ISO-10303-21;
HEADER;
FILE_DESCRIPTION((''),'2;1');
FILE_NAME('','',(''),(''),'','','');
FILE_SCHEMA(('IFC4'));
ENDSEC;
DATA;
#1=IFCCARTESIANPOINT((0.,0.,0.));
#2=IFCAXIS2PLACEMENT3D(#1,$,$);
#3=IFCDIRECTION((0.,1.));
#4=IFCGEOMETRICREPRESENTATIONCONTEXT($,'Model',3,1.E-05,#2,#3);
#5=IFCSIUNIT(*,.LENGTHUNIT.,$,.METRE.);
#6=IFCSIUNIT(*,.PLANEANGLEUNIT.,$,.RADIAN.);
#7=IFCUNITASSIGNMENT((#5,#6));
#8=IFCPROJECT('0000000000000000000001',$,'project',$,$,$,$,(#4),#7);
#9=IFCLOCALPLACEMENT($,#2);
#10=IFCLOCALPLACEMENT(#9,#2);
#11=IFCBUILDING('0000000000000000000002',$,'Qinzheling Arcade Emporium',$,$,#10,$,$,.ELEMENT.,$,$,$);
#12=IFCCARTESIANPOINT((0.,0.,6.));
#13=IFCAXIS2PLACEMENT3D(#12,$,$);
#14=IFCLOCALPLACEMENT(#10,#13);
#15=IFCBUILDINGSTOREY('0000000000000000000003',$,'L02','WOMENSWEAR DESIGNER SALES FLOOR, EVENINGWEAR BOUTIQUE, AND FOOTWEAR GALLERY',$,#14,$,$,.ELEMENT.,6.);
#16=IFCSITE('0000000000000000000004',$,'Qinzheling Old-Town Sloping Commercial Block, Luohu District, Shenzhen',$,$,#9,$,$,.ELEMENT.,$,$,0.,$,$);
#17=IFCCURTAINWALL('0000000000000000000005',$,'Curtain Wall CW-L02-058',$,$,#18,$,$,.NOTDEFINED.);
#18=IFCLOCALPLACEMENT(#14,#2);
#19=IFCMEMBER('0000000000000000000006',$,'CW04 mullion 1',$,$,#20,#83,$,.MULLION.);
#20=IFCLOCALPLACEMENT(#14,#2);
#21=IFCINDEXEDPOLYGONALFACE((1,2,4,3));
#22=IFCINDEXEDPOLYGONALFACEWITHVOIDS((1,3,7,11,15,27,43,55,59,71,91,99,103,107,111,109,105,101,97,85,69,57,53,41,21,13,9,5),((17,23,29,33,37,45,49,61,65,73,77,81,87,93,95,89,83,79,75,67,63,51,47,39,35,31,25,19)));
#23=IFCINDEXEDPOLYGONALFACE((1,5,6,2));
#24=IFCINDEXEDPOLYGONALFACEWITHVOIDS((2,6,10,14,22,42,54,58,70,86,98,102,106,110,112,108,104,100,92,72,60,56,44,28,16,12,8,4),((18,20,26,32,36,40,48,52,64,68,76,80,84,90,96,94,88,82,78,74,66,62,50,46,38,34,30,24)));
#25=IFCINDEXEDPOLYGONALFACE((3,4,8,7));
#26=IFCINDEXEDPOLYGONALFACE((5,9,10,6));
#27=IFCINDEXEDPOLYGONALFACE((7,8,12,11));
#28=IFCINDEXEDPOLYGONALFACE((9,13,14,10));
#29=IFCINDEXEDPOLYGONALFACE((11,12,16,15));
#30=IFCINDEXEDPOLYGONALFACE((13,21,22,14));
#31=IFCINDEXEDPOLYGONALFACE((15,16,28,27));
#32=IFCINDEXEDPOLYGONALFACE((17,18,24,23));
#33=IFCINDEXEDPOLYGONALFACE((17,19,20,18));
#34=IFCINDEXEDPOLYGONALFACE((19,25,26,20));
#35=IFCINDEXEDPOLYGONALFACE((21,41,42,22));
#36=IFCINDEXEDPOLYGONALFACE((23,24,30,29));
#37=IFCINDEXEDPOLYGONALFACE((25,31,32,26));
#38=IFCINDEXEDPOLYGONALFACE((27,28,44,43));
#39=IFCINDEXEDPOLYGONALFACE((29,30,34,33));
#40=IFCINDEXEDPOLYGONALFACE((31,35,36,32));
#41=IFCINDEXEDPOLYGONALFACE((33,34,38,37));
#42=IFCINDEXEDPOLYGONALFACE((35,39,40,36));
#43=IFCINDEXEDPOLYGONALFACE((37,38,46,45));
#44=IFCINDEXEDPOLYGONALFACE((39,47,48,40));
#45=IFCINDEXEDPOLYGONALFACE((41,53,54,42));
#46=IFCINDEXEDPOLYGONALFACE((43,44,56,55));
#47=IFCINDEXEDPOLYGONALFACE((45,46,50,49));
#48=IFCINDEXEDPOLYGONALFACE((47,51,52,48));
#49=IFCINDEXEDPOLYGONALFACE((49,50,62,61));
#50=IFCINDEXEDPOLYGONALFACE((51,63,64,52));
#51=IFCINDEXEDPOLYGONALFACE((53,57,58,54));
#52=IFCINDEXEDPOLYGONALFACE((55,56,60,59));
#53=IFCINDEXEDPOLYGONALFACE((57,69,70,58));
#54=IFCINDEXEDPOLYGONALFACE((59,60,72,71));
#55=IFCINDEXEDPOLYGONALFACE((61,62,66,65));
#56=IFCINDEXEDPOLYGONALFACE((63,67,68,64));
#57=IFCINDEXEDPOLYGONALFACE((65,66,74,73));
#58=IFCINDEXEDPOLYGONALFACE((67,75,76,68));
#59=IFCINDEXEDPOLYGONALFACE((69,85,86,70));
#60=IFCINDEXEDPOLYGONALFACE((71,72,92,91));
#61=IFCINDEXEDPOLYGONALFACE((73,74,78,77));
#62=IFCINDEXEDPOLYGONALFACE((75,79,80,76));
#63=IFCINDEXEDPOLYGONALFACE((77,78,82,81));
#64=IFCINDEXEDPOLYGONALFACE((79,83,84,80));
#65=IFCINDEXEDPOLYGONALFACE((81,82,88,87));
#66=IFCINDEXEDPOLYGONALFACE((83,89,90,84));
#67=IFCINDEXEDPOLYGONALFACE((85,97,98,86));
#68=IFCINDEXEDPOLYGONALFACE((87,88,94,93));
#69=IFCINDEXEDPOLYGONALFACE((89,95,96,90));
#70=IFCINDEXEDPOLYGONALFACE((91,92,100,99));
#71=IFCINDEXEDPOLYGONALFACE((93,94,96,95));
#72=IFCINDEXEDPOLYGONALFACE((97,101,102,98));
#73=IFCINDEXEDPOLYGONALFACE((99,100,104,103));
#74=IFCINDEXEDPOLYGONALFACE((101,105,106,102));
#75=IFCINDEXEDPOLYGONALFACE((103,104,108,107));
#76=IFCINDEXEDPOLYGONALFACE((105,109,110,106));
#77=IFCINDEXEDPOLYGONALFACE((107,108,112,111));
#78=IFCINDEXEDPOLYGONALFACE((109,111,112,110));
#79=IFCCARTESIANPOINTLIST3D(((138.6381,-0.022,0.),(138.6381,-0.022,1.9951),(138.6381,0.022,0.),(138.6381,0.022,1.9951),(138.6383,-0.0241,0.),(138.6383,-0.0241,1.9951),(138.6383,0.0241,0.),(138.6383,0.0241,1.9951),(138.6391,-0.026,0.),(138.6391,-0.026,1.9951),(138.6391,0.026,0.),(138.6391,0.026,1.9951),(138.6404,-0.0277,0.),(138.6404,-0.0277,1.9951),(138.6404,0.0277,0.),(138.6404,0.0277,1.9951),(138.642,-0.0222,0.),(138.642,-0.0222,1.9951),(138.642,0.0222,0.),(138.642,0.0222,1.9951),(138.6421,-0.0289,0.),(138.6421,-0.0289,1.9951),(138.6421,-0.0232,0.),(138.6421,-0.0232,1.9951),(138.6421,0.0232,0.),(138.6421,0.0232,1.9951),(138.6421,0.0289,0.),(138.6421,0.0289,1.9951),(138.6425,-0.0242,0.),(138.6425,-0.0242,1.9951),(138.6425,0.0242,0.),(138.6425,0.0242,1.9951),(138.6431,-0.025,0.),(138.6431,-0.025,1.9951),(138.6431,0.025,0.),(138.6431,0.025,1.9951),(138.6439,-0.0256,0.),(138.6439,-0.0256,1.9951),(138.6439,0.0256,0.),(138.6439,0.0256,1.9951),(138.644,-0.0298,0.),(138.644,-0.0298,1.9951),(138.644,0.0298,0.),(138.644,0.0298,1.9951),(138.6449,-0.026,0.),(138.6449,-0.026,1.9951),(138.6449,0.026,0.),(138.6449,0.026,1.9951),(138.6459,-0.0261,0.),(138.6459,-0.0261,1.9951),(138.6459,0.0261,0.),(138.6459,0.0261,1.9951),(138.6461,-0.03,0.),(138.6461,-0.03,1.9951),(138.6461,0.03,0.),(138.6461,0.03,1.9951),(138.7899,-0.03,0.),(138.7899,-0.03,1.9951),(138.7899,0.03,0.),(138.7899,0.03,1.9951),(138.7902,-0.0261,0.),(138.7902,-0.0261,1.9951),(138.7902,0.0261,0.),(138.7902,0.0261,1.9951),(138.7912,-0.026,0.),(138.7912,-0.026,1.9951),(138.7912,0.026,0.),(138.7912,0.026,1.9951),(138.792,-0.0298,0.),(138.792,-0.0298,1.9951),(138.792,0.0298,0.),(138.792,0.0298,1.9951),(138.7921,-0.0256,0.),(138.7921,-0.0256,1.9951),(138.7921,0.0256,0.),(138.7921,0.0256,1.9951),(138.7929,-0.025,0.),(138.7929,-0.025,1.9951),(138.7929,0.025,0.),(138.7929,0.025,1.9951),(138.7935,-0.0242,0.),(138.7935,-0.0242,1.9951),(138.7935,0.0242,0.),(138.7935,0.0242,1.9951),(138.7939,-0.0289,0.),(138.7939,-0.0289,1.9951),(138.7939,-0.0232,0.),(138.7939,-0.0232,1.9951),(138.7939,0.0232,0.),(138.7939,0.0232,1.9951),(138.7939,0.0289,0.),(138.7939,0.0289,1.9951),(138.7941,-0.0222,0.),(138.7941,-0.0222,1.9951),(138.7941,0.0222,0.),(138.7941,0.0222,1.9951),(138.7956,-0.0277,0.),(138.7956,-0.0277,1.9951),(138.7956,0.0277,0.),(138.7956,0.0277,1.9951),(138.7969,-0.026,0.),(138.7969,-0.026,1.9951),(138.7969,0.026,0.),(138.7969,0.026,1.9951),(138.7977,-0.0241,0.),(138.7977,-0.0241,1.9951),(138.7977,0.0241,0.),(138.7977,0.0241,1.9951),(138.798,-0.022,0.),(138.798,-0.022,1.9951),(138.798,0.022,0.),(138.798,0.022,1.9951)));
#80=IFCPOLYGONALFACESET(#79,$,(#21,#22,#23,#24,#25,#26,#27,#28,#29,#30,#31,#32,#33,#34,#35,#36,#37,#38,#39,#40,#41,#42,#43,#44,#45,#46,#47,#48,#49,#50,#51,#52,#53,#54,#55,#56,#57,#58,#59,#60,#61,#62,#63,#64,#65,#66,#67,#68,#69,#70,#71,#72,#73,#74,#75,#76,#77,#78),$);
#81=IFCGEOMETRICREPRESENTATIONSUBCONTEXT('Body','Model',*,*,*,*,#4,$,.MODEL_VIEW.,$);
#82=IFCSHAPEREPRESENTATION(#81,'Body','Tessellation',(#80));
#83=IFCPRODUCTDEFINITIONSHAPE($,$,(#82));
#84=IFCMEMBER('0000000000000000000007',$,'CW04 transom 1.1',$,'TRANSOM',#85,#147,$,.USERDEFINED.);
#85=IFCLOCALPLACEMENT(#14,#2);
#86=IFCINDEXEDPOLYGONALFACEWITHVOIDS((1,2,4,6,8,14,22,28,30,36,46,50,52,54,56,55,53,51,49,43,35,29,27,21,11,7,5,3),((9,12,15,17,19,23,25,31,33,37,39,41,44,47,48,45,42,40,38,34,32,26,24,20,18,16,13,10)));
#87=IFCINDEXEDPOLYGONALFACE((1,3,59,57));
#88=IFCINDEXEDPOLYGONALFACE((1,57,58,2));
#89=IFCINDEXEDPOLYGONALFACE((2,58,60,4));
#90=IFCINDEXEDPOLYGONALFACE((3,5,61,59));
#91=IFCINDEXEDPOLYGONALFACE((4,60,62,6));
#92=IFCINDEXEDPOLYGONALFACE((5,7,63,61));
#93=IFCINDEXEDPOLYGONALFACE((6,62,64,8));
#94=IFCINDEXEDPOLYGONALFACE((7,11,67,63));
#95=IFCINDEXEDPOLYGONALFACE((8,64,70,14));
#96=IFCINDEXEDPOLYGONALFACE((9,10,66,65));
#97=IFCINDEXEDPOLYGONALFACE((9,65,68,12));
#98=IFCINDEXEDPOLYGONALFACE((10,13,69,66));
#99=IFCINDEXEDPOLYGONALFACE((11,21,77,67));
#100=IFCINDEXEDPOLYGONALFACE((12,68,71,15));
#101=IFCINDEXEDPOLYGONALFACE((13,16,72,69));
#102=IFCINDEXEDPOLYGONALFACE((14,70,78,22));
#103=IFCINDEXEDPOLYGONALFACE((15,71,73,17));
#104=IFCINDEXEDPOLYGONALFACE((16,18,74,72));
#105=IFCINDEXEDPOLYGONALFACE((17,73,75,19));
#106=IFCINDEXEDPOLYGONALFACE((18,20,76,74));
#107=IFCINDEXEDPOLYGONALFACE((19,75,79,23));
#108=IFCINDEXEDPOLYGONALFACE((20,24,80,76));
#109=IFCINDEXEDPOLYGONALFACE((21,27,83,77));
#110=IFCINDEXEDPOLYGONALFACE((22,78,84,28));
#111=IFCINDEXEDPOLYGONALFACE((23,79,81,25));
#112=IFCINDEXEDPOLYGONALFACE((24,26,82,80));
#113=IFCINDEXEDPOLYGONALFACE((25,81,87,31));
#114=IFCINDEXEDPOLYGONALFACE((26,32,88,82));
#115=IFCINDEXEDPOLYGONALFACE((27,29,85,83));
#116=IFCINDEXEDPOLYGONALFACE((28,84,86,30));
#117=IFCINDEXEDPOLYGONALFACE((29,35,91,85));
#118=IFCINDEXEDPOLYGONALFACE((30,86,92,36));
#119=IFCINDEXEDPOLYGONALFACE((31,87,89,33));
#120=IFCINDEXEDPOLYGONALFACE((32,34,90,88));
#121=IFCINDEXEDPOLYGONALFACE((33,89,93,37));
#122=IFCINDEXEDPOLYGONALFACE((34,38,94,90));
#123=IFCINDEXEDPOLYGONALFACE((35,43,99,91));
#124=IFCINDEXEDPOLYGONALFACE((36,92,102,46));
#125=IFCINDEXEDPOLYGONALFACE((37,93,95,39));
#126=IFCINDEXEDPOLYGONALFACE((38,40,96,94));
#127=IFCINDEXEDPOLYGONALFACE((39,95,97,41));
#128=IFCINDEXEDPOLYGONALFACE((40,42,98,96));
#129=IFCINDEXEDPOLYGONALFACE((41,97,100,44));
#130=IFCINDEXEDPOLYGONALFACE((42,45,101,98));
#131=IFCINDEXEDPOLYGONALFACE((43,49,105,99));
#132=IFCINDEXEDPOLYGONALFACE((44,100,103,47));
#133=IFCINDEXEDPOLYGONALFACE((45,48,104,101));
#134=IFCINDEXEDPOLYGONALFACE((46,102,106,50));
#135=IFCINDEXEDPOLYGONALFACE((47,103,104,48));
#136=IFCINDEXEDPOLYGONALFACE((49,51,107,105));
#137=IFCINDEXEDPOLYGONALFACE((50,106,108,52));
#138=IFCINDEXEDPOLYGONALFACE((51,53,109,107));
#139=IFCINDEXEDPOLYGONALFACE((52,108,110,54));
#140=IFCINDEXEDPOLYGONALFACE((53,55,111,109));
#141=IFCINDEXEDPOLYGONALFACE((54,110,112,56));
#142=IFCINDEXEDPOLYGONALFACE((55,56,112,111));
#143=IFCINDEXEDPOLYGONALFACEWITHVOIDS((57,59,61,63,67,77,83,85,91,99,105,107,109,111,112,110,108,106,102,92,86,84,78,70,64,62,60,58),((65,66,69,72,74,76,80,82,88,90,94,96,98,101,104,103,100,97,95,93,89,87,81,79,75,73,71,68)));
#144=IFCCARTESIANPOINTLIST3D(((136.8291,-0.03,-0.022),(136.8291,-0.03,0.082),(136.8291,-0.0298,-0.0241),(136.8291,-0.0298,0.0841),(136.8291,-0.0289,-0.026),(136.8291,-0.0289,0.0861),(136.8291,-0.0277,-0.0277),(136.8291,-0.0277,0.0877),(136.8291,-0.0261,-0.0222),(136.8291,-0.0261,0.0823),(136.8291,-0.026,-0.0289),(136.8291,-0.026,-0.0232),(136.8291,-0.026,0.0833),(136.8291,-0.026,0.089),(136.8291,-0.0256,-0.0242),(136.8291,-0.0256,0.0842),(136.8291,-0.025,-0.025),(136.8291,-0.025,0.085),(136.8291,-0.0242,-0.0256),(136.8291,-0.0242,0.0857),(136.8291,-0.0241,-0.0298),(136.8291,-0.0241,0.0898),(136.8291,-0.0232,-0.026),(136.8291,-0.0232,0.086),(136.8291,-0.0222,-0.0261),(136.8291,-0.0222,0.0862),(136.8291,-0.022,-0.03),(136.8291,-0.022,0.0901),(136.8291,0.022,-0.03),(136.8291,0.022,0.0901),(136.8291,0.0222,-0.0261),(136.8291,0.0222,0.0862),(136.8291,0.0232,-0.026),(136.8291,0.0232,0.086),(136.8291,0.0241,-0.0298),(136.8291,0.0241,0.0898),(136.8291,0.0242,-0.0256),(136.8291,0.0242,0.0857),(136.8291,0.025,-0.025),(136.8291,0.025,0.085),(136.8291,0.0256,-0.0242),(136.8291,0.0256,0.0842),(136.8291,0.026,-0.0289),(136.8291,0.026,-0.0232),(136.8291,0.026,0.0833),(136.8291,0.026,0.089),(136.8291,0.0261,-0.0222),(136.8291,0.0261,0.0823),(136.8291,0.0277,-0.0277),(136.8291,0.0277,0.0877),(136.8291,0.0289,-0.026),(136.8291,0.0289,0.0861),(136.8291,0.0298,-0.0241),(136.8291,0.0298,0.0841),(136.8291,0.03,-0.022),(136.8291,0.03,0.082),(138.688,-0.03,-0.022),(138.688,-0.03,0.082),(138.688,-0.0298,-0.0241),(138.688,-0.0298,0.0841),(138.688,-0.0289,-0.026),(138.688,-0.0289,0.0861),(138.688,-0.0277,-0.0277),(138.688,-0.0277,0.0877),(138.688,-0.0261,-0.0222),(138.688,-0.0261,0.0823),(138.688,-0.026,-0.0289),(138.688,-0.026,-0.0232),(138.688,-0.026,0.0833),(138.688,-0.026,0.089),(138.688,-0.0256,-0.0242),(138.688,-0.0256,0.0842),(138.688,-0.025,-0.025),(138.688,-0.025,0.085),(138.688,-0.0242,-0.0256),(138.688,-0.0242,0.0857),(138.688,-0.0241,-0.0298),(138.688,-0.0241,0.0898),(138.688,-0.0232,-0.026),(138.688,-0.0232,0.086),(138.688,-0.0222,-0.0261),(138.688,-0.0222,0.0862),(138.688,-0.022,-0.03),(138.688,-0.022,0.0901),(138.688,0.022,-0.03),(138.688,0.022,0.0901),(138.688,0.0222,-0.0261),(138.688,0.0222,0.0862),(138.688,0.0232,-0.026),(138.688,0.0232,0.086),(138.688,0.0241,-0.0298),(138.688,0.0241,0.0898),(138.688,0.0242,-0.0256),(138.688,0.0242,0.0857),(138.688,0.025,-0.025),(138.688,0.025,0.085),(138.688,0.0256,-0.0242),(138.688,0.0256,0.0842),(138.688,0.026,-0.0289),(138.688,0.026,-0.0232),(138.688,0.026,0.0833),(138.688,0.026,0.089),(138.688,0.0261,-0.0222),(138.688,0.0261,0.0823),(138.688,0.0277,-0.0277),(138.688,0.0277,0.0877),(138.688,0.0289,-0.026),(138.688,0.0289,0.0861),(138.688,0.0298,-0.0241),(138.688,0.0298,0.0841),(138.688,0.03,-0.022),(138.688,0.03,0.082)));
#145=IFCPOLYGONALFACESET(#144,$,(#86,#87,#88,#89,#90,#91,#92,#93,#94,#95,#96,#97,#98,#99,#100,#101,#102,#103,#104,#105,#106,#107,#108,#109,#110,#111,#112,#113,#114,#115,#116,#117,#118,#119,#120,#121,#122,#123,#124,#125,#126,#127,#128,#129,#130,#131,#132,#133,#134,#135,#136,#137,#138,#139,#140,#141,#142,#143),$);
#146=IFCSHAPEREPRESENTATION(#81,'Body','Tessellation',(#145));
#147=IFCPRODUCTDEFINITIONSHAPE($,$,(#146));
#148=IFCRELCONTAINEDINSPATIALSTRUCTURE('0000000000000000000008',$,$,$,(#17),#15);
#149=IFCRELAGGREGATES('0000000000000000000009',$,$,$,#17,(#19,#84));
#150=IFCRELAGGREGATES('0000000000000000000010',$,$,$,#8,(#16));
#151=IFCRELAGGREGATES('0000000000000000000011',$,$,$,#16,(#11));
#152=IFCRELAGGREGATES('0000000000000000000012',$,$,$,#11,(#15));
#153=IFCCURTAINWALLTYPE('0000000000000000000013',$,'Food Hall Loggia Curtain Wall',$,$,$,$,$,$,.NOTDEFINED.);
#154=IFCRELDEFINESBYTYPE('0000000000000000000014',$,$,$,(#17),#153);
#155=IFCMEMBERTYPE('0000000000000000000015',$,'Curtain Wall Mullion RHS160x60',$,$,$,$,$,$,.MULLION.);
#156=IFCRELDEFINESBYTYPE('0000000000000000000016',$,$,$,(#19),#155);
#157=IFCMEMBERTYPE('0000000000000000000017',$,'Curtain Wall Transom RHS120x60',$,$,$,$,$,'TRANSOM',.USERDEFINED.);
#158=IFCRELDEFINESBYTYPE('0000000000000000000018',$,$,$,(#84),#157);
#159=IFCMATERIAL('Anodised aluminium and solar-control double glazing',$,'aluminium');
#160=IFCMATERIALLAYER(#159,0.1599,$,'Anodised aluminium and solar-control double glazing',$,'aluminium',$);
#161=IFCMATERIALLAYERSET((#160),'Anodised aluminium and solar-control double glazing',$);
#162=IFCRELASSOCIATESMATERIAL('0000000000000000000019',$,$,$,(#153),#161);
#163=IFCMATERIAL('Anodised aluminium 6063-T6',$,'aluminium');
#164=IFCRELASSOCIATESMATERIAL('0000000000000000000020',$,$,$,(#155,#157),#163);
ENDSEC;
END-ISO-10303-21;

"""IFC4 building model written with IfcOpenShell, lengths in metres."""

from ifc_helpers import new_model, si_unit, direction, frame, origin, origin_2d, place, context, subcontext, project, spatial, hollow_rectangle, extrude, material, layer, layer_set, material_profile, profile_set, type_object, element, aggregate, save


model = new_model("IFC4")

# Units and contexts
model_context = context("Model", 3, precision=1e-05, world=origin(), true_north=direction((0.0, 1.0)))
body_context = subcontext(model_context, "Body", "Model", "MODEL_VIEW")
ifc_project = project(units=[si_unit("LENGTHUNIT", "METRE"), si_unit("PLANEANGLEUNIT", "RADIAN")], contexts=[model_context])

# Site, building, storey
site_placement = place(None, origin())
site = spatial("IfcSite", under=ifc_project, at=site_placement, Name="Qinzheling Old-Town Sloping Commercial Block, Luohu District, Shenzhen", CompositionType="ELEMENT", RefElevation=0.0)
building_placement = place(site_placement, origin())
building = spatial("IfcBuilding", under=site, at=building_placement, Name="Qinzheling Arcade Emporium", CompositionType="ELEMENT")
storey_placement = place(building_placement, frame((0.0, 0.0, 6.0)))
storey = spatial("IfcBuildingStorey", under=building, at=storey_placement, Name="L02", Description="WOMENSWEAR DESIGNER SALES FLOOR, EVENINGWEAR BOUTIQUE, AND FOOTWEAR GALLERY", CompositionType="ELEMENT", Elevation=6.0)

# Curtain wall, members
ifc_material_1 = material(Name="Anodised aluminium and solar-control double glazing", Category="aluminium")
ifc_layer_1 = layer(ifc_material_1, 0.1599, Name="Anodised aluminium and solar-control double glazing", Category="aluminium")
ifc_layer_set_1 = layer_set([ifc_layer_1], Name="Anodised aluminium and solar-control double glazing")
curtain_wall_type = type_object("IfcCurtainWallType", Name="Food Hall Loggia Curtain Wall", PredefinedType="NOTDEFINED", material=ifc_layer_set_1)
curtain_wall_placement = place(storey_placement, origin())
curtain_wall = element("IfcCurtainWall", 1, at=curtain_wall_placement, inside=storey, type_object=curtain_wall_type, Name="Curtain Wall CW-L02-058", PredefinedType="NOTDEFINED")
ifc_material_2 = material(Name="Anodised aluminium 6063-T6", Category="aluminium")
ifc_material_profile_1 = material_profile(ifc_material_2, hollow_rectangle(XDim=0.0601, YDim=0.1599, WallThickness=0.0039, InnerFilletRadius=0.0039, OuterFilletRadius=0.0081, at=origin_2d()), Name="RHS 160x60x4", Category="aluminium")
ifc_profile_set_1 = profile_set([ifc_material_profile_1], Name="Anodised aluminium 6063-T6")
member_type_1 = type_object("IfcMemberType", Name="Curtain Wall Mullion RHS160x60", PredefinedType="MULLION", material=ifc_profile_set_1)
member_1_placement = place(storey_placement, frame((138.718, 0.0, 0.0), z_axis=(0.0, 0.0, 1.0), x_axis=(0.0, -1.0, 0.0)))
member_1 = element("IfcMember", 2, at=member_1_placement, type_object=member_type_1, Name="CW04 mullion 1", PredefinedType="MULLION", context=body_context, shape_type="SweptSolid", body=[
    extrude(hollow_rectangle(XDim=0.0601, YDim=0.1599, WallThickness=0.0039, InnerFilletRadius=0.0039, OuterFilletRadius=0.0081, at=origin_2d()), origin(), (0.0, 0.0, 1.0), 1.9951),
])
ifc_material_profile_2 = material_profile(ifc_material_2, hollow_rectangle(XDim=0.0601, YDim=0.1201, WallThickness=0.0039, InnerFilletRadius=0.0039, OuterFilletRadius=0.0081, at=origin_2d()), Name="RHS 120x60x4", Category="aluminium")
ifc_profile_set_2 = profile_set([ifc_material_profile_2], Name="Anodised aluminium 6063-T6")
member_type_2 = type_object("IfcMemberType", Name="Curtain Wall Transom RHS120x60", ElementType="TRANSOM", PredefinedType="USERDEFINED", material=ifc_profile_set_2)
member_2_placement = place(storey_placement, frame((138.688, 0.0, 0.03), z_axis=(-1.0, 0.0, 0.0), x_axis=(0.0, -1.0, 0.0)))
member_2 = element("IfcMember", 3, at=member_2_placement, type_object=member_type_2, Name="CW04 transom 1.1", ObjectType="TRANSOM", PredefinedType="USERDEFINED", context=body_context, shape_type="SweptSolid", body=[
    extrude(hollow_rectangle(XDim=0.0601, YDim=0.1201, WallThickness=0.0039, InnerFilletRadius=0.0039, OuterFilletRadius=0.0081, at=origin_2d()), origin(), (0.0, 0.0, 1.0), 1.8589),
])

aggregate(curtain_wall, [member_1, member_2])

save(model, "model.ifc")
